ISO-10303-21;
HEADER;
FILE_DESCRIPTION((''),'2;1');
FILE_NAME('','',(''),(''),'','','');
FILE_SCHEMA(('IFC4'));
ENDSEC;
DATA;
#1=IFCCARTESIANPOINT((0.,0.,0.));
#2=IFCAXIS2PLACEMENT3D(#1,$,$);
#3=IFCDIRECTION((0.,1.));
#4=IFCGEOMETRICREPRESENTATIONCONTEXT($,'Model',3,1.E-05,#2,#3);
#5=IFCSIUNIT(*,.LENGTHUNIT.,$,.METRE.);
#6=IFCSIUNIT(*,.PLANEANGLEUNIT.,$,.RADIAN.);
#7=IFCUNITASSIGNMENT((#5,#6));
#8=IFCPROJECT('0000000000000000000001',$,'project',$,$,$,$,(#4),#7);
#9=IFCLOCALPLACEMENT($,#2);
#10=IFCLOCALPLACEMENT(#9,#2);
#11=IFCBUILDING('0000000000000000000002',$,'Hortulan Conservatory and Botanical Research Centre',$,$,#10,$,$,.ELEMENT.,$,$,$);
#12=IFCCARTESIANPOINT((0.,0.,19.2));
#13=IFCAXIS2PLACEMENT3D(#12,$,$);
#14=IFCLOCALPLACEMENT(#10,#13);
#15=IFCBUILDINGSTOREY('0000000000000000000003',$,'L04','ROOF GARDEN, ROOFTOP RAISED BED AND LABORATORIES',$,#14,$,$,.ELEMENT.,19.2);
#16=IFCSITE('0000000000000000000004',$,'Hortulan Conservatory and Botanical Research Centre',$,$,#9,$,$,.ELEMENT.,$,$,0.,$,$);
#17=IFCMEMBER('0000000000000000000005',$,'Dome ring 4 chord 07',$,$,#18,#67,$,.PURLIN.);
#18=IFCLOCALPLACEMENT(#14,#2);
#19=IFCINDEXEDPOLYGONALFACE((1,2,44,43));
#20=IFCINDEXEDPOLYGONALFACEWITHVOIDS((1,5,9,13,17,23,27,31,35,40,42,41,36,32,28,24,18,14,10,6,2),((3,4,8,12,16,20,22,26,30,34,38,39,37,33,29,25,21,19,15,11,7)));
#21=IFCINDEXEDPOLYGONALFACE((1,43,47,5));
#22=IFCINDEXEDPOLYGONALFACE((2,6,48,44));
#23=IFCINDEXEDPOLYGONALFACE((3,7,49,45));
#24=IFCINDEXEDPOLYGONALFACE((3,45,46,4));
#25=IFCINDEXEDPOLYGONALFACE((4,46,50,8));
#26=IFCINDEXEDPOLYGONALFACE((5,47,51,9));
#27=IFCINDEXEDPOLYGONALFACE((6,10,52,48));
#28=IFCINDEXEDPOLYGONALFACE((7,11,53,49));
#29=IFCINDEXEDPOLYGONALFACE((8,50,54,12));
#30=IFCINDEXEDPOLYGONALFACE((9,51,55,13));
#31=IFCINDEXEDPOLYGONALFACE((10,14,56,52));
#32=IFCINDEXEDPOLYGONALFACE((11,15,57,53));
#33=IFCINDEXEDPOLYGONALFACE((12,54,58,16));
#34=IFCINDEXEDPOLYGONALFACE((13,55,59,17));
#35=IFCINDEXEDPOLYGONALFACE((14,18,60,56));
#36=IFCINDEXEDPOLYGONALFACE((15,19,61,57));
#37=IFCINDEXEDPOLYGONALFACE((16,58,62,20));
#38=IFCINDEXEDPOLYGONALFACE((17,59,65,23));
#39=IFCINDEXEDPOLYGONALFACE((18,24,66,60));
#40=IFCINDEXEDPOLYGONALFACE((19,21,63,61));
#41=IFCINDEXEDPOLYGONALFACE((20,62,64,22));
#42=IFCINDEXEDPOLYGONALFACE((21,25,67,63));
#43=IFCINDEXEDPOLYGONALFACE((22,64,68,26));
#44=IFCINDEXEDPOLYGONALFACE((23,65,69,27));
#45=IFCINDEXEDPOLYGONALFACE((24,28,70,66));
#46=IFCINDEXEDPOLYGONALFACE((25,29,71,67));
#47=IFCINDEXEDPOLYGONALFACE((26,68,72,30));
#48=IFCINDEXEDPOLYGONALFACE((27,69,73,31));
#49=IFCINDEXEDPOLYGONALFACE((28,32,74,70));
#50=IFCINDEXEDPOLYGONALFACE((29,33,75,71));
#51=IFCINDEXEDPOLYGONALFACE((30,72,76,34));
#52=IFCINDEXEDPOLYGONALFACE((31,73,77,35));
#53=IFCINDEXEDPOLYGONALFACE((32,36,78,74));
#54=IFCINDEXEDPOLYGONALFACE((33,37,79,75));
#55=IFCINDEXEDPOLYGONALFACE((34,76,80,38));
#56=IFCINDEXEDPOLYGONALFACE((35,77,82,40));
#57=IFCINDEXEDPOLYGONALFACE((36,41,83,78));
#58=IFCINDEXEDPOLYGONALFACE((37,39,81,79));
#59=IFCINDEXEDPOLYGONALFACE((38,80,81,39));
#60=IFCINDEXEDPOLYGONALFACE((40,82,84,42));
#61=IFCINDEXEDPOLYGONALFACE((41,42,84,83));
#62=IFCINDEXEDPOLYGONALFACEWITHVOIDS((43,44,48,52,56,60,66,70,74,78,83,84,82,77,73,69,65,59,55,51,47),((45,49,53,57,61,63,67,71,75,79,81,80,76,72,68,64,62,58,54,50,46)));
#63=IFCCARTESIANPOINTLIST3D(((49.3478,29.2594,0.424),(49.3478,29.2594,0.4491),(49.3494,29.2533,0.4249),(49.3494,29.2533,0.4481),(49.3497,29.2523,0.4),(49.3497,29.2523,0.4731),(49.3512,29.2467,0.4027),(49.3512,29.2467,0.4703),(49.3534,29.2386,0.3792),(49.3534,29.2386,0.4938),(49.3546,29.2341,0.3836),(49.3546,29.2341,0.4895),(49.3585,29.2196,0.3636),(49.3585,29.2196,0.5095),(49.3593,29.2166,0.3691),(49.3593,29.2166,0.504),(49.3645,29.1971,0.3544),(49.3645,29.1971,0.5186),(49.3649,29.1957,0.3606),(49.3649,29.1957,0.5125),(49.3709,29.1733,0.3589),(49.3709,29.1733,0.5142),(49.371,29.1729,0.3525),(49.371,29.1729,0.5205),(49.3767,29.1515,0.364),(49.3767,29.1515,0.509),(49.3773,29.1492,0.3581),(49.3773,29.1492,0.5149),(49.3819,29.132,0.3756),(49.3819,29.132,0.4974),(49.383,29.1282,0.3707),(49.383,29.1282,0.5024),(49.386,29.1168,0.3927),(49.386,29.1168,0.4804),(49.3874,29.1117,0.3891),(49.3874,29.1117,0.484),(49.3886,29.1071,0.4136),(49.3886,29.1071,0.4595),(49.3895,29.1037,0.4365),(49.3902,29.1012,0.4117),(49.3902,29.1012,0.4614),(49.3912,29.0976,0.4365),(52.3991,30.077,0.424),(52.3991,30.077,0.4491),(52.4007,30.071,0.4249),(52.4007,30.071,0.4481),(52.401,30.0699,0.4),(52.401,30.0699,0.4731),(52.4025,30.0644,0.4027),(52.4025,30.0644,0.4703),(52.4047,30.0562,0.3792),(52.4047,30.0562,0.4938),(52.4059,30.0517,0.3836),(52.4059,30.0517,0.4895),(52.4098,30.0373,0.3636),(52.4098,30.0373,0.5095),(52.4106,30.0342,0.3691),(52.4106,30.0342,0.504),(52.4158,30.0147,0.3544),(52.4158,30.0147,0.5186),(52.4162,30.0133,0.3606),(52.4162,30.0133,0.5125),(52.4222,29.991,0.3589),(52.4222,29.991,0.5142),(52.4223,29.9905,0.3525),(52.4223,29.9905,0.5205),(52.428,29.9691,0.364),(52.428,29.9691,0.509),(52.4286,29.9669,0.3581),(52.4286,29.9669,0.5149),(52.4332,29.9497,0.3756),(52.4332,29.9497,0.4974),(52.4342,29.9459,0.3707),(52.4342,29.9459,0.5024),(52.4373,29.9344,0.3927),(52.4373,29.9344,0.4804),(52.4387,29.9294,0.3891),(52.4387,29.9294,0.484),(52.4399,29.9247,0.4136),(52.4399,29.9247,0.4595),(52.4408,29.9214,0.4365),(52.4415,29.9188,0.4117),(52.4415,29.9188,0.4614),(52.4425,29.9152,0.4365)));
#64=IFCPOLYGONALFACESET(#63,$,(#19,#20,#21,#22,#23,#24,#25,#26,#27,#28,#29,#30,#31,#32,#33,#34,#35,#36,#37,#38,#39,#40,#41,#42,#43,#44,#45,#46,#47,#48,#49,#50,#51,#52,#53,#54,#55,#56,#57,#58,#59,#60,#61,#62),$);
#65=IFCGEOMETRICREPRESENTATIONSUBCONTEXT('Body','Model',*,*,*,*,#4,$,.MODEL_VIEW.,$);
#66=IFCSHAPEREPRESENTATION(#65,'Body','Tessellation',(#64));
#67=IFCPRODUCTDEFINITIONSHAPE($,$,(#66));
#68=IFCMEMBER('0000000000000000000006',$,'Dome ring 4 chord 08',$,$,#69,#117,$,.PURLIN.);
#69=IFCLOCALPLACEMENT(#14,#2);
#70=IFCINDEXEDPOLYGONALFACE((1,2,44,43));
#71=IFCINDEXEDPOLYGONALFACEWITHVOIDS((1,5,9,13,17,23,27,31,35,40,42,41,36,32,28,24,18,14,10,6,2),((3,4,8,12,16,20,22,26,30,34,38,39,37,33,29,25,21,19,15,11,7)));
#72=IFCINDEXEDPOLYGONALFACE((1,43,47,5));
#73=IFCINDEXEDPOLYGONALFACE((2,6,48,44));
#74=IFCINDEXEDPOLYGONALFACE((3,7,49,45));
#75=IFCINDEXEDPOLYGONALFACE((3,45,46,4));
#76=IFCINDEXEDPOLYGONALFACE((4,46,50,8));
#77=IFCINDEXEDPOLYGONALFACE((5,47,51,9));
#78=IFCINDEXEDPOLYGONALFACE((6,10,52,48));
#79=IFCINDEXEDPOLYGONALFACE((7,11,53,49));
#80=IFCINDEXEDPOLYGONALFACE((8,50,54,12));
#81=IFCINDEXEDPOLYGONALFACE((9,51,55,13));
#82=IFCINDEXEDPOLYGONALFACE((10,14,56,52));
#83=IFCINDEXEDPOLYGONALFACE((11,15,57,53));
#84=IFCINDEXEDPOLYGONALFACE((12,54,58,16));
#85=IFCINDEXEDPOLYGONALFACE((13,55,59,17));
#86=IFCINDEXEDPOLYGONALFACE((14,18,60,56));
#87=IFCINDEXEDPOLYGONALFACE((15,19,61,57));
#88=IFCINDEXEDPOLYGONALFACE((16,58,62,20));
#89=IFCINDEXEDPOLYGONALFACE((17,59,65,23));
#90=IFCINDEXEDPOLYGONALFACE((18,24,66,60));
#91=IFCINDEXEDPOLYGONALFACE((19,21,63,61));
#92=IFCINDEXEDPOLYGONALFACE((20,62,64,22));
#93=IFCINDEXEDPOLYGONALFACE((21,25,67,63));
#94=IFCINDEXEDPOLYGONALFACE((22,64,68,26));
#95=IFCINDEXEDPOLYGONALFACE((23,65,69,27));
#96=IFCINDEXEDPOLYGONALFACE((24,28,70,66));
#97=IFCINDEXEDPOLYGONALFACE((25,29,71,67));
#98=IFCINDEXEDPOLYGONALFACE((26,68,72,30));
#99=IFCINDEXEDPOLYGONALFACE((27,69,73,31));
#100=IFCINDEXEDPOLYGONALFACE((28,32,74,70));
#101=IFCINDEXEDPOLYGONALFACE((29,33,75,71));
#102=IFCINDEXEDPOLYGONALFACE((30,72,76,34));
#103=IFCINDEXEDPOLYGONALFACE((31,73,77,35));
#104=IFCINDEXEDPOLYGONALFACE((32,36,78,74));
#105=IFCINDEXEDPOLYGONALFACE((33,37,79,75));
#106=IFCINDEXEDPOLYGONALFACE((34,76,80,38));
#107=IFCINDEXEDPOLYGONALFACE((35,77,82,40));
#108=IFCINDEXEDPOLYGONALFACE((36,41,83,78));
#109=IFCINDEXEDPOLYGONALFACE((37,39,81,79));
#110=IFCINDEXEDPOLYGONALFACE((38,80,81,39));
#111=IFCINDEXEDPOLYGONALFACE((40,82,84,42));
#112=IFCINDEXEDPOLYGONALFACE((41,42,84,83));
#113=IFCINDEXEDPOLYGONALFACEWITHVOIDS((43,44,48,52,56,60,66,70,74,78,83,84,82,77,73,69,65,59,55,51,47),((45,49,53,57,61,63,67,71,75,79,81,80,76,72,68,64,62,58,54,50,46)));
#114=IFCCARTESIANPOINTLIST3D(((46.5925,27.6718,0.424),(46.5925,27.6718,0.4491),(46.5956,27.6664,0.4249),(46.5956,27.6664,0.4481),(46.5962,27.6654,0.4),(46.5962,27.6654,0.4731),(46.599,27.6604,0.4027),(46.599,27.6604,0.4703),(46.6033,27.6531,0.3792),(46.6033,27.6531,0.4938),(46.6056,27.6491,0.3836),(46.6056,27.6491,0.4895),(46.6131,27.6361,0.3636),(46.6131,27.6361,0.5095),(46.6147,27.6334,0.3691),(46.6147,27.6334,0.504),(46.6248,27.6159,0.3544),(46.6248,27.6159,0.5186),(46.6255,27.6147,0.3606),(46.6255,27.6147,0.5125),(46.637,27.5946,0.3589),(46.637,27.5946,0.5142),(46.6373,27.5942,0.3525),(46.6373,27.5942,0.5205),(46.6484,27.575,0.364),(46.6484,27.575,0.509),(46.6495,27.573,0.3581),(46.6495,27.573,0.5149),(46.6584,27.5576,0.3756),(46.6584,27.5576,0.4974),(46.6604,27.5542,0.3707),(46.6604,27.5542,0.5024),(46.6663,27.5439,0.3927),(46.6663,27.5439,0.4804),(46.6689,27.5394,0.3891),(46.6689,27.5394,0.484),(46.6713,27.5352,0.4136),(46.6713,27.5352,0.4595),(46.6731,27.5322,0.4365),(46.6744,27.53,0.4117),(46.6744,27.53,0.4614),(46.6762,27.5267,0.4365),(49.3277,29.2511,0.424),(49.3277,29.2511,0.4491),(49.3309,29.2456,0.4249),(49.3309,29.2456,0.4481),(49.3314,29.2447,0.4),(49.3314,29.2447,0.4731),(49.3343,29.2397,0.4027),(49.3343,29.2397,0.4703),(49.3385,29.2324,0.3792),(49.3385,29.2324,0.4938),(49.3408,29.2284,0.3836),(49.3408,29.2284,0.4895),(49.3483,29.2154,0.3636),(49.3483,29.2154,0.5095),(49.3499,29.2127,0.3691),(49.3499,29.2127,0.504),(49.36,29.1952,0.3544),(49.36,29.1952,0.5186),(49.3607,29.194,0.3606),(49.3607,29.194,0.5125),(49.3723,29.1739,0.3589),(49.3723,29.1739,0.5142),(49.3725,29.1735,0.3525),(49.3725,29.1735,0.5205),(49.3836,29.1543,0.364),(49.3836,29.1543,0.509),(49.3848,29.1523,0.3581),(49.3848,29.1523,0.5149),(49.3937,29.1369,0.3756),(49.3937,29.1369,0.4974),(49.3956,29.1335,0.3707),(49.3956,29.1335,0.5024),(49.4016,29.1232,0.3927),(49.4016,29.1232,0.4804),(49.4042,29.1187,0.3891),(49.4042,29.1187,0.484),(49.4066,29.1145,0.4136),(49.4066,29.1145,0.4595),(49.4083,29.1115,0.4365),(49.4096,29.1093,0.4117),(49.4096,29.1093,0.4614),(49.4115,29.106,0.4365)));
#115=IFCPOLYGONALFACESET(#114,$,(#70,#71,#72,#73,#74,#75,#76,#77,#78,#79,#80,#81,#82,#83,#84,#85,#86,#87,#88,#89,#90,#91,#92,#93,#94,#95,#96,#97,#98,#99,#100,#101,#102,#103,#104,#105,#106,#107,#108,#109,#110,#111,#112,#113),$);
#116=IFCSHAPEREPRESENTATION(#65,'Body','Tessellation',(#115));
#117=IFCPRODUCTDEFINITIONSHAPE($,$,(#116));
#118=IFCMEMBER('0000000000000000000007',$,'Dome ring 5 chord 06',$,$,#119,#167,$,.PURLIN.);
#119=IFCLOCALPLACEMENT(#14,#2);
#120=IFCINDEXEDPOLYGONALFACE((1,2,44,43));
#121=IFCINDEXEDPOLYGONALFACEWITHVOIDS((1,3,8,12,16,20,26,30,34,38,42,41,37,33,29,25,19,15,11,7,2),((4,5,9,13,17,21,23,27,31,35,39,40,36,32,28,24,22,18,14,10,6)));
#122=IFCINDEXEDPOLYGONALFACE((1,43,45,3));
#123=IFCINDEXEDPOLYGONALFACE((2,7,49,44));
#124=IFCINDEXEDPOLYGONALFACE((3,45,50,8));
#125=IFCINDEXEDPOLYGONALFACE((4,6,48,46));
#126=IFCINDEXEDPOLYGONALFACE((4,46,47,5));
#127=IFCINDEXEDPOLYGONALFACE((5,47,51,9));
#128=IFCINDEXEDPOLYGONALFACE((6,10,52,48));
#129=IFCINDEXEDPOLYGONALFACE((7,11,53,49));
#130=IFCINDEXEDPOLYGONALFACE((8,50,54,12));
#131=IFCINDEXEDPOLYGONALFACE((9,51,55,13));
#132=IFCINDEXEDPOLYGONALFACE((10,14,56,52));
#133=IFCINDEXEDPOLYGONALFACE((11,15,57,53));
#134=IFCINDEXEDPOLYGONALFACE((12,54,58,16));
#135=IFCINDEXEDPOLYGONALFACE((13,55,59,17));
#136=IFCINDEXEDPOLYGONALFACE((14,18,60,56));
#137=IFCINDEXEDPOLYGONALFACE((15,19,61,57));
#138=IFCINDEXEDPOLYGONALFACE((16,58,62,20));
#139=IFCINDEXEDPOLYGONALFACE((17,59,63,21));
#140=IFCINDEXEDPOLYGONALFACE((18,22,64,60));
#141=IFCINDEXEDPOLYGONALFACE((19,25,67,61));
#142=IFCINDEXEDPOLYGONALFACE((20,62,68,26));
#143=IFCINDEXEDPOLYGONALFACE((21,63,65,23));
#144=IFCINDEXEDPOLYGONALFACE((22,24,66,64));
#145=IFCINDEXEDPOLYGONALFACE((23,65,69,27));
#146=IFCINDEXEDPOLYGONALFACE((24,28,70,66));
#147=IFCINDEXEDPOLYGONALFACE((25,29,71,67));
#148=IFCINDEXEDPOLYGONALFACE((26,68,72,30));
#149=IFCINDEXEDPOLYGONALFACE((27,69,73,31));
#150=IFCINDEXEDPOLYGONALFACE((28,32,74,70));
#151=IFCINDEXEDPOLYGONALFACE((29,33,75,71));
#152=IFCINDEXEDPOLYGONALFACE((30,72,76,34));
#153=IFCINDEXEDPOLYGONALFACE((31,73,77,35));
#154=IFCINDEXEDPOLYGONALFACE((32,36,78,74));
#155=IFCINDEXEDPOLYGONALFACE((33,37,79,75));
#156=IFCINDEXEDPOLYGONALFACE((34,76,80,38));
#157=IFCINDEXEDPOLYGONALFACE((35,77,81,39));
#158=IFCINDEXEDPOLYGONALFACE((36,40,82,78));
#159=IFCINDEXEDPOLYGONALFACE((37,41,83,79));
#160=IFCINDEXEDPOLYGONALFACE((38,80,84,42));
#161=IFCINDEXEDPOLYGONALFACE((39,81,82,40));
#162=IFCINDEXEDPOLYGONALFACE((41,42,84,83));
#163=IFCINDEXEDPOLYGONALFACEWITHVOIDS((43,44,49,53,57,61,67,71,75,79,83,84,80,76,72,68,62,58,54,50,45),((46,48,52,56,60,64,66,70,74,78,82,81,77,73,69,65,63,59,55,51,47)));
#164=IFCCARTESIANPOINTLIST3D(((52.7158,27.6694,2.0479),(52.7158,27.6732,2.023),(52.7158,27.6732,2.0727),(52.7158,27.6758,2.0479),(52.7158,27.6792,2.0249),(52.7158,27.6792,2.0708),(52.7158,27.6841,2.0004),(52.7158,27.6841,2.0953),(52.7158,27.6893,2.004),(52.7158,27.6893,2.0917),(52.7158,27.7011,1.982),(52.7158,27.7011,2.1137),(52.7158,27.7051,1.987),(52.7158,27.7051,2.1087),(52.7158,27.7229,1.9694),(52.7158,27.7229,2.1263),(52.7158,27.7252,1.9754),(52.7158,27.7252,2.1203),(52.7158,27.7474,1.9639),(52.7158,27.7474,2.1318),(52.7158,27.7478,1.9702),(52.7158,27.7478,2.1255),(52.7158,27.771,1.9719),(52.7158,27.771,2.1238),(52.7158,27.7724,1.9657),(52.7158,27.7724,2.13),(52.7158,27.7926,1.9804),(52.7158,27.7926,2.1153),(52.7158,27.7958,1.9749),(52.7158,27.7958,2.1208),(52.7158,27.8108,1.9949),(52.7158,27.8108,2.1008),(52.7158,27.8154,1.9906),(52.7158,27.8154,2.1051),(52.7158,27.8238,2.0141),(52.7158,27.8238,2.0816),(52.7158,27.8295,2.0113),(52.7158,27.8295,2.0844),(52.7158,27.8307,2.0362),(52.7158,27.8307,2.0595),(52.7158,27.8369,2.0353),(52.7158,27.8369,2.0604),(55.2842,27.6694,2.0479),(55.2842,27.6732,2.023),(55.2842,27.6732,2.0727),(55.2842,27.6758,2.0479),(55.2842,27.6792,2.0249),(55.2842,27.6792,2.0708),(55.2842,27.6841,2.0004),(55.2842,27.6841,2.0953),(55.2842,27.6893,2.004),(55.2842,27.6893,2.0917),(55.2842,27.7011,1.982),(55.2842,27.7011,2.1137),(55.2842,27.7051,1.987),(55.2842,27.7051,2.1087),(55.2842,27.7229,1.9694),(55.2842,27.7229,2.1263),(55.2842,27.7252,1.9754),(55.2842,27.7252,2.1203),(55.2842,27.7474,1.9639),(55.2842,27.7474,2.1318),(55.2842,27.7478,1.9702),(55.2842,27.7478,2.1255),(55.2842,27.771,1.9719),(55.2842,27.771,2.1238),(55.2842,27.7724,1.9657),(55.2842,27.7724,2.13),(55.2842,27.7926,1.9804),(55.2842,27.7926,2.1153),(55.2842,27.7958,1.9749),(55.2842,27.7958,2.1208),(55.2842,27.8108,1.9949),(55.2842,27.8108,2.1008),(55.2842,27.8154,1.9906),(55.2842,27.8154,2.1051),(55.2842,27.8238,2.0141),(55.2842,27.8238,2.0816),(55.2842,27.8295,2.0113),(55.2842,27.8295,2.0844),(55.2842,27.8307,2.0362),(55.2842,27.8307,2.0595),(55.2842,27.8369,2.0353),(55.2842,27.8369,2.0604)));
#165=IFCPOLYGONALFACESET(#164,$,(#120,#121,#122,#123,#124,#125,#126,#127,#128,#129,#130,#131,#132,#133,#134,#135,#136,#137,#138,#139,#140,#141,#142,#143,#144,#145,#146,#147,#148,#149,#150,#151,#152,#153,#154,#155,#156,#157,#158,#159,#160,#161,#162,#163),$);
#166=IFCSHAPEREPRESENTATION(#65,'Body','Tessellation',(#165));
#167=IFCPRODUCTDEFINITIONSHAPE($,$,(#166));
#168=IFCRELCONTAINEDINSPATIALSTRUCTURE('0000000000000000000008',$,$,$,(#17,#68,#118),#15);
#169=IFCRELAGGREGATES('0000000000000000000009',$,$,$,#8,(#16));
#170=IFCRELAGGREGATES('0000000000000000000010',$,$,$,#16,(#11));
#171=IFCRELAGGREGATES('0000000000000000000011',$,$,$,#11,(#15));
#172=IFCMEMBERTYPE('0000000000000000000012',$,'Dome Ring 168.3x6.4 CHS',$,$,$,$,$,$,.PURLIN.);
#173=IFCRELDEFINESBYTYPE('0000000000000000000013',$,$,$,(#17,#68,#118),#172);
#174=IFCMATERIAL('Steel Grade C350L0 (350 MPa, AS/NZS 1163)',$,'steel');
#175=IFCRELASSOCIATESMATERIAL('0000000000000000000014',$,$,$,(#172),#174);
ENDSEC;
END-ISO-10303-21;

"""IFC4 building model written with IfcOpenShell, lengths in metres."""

from ifc_helpers import new_model, si_unit, direction, frame, origin, origin_2d, place, context, subcontext, project, spatial, hollow_circle, extrude, material, material_profile, profile_set, type_object, element, save


model = new_model("IFC4")

# Units and contexts
model_context = context("Model", 3, precision=1e-05, world=origin(), true_north=direction((0.0, 1.0)))
body_context = subcontext(model_context, "Body", "Model", "MODEL_VIEW")
ifc_project = project(units=[si_unit("LENGTHUNIT", "METRE"), si_unit("PLANEANGLEUNIT", "RADIAN")], contexts=[model_context])

# Site, building, storey
site_placement = place(None, origin())
site = spatial("IfcSite", under=ifc_project, at=site_placement, Name="Hortulan Conservatory and Botanical Research Centre", CompositionType="ELEMENT", RefElevation=0.0)
building_placement = place(site_placement, origin())
building = spatial("IfcBuilding", under=site, at=building_placement, Name="Hortulan Conservatory and Botanical Research Centre", CompositionType="ELEMENT")
storey_placement = place(building_placement, frame((0.0, 0.0, 19.2)))
storey = spatial("IfcBuildingStorey", under=building, at=storey_placement, Name="L04", Description="ROOF GARDEN, ROOFTOP RAISED BED AND LABORATORIES", CompositionType="ELEMENT", Elevation=19.2)

# Shared definitions
ifc_material_1 = material(Name="Steel Grade C350L0 (350 MPa, AS/NZS 1163)", Category="steel")

# Members
ifc_material_profile_1 = material_profile(ifc_material_1, hollow_circle(Radius=0.0842, WallThickness=0.0063, at=origin_2d()), Name="168.3x6.4CHS")
ifc_profile_set_1 = profile_set([ifc_material_profile_1], Name="Steel Grade C350L0 (350 MPa, AS/NZS 1163)")
member_type_1 = type_object("IfcMemberType", Name="Dome Ring 168.3x6.4 CHS", PredefinedType="PURLIN", material=ifc_profile_set_1)
member_1_placement = place(storey_placement, frame((52.4207, 29.9966, 0.4365), z_axis=(-0.965923, -0.258831, 0.0), x_axis=(0.258831, -0.965923, 0.0)))
element("IfcMember", 1, at=member_1_placement, inside=storey, type_object=member_type_1, Name="Dome ring 4 chord 07", PredefinedType="PURLIN", context=body_context, shape_type="SweptSolid", body=[
    extrude(hollow_circle(Radius=0.0842, WallThickness=0.0063, at=origin_2d()), origin(), (0.0, 0.0, 1.0), 3.1589),
])
member_2_placement = place(storey_placement, frame((49.3694, 29.179, 0.4365), z_axis=(-0.866013, -0.500021, 0.0), x_axis=(0.500021, -0.866013, 0.0)))
element("IfcMember", 2, at=member_2_placement, inside=storey, type_object=member_type_1, Name="Dome ring 4 chord 08", PredefinedType="PURLIN", context=body_context, shape_type="SweptSolid", body=[
    extrude(hollow_circle(Radius=0.0842, WallThickness=0.0063, at=origin_2d()), origin(), (0.0, 0.0, 1.0), 3.1584),
])
for number, where, z_axis, x_axis, name in (
    (3, (55.2842, 27.7537, 2.0479), (-1.0, 0.0, 0.0), (0.0, -1.0, 0.0), "Dome ring 5 chord 06"),
):
    element("IfcMember", number, at=place(storey_placement, frame(where, z_axis=z_axis, x_axis=x_axis)), inside=storey, type_object=member_type_1, Name=name, PredefinedType="PURLIN", context=body_context, shape_type="SweptSolid", body=[
        extrude(hollow_circle(Radius=0.0842, WallThickness=0.0063, at=origin_2d()), origin(), (0.0, 0.0, 1.0), 2.5684),
    ])

save(model, "model.ifc")
